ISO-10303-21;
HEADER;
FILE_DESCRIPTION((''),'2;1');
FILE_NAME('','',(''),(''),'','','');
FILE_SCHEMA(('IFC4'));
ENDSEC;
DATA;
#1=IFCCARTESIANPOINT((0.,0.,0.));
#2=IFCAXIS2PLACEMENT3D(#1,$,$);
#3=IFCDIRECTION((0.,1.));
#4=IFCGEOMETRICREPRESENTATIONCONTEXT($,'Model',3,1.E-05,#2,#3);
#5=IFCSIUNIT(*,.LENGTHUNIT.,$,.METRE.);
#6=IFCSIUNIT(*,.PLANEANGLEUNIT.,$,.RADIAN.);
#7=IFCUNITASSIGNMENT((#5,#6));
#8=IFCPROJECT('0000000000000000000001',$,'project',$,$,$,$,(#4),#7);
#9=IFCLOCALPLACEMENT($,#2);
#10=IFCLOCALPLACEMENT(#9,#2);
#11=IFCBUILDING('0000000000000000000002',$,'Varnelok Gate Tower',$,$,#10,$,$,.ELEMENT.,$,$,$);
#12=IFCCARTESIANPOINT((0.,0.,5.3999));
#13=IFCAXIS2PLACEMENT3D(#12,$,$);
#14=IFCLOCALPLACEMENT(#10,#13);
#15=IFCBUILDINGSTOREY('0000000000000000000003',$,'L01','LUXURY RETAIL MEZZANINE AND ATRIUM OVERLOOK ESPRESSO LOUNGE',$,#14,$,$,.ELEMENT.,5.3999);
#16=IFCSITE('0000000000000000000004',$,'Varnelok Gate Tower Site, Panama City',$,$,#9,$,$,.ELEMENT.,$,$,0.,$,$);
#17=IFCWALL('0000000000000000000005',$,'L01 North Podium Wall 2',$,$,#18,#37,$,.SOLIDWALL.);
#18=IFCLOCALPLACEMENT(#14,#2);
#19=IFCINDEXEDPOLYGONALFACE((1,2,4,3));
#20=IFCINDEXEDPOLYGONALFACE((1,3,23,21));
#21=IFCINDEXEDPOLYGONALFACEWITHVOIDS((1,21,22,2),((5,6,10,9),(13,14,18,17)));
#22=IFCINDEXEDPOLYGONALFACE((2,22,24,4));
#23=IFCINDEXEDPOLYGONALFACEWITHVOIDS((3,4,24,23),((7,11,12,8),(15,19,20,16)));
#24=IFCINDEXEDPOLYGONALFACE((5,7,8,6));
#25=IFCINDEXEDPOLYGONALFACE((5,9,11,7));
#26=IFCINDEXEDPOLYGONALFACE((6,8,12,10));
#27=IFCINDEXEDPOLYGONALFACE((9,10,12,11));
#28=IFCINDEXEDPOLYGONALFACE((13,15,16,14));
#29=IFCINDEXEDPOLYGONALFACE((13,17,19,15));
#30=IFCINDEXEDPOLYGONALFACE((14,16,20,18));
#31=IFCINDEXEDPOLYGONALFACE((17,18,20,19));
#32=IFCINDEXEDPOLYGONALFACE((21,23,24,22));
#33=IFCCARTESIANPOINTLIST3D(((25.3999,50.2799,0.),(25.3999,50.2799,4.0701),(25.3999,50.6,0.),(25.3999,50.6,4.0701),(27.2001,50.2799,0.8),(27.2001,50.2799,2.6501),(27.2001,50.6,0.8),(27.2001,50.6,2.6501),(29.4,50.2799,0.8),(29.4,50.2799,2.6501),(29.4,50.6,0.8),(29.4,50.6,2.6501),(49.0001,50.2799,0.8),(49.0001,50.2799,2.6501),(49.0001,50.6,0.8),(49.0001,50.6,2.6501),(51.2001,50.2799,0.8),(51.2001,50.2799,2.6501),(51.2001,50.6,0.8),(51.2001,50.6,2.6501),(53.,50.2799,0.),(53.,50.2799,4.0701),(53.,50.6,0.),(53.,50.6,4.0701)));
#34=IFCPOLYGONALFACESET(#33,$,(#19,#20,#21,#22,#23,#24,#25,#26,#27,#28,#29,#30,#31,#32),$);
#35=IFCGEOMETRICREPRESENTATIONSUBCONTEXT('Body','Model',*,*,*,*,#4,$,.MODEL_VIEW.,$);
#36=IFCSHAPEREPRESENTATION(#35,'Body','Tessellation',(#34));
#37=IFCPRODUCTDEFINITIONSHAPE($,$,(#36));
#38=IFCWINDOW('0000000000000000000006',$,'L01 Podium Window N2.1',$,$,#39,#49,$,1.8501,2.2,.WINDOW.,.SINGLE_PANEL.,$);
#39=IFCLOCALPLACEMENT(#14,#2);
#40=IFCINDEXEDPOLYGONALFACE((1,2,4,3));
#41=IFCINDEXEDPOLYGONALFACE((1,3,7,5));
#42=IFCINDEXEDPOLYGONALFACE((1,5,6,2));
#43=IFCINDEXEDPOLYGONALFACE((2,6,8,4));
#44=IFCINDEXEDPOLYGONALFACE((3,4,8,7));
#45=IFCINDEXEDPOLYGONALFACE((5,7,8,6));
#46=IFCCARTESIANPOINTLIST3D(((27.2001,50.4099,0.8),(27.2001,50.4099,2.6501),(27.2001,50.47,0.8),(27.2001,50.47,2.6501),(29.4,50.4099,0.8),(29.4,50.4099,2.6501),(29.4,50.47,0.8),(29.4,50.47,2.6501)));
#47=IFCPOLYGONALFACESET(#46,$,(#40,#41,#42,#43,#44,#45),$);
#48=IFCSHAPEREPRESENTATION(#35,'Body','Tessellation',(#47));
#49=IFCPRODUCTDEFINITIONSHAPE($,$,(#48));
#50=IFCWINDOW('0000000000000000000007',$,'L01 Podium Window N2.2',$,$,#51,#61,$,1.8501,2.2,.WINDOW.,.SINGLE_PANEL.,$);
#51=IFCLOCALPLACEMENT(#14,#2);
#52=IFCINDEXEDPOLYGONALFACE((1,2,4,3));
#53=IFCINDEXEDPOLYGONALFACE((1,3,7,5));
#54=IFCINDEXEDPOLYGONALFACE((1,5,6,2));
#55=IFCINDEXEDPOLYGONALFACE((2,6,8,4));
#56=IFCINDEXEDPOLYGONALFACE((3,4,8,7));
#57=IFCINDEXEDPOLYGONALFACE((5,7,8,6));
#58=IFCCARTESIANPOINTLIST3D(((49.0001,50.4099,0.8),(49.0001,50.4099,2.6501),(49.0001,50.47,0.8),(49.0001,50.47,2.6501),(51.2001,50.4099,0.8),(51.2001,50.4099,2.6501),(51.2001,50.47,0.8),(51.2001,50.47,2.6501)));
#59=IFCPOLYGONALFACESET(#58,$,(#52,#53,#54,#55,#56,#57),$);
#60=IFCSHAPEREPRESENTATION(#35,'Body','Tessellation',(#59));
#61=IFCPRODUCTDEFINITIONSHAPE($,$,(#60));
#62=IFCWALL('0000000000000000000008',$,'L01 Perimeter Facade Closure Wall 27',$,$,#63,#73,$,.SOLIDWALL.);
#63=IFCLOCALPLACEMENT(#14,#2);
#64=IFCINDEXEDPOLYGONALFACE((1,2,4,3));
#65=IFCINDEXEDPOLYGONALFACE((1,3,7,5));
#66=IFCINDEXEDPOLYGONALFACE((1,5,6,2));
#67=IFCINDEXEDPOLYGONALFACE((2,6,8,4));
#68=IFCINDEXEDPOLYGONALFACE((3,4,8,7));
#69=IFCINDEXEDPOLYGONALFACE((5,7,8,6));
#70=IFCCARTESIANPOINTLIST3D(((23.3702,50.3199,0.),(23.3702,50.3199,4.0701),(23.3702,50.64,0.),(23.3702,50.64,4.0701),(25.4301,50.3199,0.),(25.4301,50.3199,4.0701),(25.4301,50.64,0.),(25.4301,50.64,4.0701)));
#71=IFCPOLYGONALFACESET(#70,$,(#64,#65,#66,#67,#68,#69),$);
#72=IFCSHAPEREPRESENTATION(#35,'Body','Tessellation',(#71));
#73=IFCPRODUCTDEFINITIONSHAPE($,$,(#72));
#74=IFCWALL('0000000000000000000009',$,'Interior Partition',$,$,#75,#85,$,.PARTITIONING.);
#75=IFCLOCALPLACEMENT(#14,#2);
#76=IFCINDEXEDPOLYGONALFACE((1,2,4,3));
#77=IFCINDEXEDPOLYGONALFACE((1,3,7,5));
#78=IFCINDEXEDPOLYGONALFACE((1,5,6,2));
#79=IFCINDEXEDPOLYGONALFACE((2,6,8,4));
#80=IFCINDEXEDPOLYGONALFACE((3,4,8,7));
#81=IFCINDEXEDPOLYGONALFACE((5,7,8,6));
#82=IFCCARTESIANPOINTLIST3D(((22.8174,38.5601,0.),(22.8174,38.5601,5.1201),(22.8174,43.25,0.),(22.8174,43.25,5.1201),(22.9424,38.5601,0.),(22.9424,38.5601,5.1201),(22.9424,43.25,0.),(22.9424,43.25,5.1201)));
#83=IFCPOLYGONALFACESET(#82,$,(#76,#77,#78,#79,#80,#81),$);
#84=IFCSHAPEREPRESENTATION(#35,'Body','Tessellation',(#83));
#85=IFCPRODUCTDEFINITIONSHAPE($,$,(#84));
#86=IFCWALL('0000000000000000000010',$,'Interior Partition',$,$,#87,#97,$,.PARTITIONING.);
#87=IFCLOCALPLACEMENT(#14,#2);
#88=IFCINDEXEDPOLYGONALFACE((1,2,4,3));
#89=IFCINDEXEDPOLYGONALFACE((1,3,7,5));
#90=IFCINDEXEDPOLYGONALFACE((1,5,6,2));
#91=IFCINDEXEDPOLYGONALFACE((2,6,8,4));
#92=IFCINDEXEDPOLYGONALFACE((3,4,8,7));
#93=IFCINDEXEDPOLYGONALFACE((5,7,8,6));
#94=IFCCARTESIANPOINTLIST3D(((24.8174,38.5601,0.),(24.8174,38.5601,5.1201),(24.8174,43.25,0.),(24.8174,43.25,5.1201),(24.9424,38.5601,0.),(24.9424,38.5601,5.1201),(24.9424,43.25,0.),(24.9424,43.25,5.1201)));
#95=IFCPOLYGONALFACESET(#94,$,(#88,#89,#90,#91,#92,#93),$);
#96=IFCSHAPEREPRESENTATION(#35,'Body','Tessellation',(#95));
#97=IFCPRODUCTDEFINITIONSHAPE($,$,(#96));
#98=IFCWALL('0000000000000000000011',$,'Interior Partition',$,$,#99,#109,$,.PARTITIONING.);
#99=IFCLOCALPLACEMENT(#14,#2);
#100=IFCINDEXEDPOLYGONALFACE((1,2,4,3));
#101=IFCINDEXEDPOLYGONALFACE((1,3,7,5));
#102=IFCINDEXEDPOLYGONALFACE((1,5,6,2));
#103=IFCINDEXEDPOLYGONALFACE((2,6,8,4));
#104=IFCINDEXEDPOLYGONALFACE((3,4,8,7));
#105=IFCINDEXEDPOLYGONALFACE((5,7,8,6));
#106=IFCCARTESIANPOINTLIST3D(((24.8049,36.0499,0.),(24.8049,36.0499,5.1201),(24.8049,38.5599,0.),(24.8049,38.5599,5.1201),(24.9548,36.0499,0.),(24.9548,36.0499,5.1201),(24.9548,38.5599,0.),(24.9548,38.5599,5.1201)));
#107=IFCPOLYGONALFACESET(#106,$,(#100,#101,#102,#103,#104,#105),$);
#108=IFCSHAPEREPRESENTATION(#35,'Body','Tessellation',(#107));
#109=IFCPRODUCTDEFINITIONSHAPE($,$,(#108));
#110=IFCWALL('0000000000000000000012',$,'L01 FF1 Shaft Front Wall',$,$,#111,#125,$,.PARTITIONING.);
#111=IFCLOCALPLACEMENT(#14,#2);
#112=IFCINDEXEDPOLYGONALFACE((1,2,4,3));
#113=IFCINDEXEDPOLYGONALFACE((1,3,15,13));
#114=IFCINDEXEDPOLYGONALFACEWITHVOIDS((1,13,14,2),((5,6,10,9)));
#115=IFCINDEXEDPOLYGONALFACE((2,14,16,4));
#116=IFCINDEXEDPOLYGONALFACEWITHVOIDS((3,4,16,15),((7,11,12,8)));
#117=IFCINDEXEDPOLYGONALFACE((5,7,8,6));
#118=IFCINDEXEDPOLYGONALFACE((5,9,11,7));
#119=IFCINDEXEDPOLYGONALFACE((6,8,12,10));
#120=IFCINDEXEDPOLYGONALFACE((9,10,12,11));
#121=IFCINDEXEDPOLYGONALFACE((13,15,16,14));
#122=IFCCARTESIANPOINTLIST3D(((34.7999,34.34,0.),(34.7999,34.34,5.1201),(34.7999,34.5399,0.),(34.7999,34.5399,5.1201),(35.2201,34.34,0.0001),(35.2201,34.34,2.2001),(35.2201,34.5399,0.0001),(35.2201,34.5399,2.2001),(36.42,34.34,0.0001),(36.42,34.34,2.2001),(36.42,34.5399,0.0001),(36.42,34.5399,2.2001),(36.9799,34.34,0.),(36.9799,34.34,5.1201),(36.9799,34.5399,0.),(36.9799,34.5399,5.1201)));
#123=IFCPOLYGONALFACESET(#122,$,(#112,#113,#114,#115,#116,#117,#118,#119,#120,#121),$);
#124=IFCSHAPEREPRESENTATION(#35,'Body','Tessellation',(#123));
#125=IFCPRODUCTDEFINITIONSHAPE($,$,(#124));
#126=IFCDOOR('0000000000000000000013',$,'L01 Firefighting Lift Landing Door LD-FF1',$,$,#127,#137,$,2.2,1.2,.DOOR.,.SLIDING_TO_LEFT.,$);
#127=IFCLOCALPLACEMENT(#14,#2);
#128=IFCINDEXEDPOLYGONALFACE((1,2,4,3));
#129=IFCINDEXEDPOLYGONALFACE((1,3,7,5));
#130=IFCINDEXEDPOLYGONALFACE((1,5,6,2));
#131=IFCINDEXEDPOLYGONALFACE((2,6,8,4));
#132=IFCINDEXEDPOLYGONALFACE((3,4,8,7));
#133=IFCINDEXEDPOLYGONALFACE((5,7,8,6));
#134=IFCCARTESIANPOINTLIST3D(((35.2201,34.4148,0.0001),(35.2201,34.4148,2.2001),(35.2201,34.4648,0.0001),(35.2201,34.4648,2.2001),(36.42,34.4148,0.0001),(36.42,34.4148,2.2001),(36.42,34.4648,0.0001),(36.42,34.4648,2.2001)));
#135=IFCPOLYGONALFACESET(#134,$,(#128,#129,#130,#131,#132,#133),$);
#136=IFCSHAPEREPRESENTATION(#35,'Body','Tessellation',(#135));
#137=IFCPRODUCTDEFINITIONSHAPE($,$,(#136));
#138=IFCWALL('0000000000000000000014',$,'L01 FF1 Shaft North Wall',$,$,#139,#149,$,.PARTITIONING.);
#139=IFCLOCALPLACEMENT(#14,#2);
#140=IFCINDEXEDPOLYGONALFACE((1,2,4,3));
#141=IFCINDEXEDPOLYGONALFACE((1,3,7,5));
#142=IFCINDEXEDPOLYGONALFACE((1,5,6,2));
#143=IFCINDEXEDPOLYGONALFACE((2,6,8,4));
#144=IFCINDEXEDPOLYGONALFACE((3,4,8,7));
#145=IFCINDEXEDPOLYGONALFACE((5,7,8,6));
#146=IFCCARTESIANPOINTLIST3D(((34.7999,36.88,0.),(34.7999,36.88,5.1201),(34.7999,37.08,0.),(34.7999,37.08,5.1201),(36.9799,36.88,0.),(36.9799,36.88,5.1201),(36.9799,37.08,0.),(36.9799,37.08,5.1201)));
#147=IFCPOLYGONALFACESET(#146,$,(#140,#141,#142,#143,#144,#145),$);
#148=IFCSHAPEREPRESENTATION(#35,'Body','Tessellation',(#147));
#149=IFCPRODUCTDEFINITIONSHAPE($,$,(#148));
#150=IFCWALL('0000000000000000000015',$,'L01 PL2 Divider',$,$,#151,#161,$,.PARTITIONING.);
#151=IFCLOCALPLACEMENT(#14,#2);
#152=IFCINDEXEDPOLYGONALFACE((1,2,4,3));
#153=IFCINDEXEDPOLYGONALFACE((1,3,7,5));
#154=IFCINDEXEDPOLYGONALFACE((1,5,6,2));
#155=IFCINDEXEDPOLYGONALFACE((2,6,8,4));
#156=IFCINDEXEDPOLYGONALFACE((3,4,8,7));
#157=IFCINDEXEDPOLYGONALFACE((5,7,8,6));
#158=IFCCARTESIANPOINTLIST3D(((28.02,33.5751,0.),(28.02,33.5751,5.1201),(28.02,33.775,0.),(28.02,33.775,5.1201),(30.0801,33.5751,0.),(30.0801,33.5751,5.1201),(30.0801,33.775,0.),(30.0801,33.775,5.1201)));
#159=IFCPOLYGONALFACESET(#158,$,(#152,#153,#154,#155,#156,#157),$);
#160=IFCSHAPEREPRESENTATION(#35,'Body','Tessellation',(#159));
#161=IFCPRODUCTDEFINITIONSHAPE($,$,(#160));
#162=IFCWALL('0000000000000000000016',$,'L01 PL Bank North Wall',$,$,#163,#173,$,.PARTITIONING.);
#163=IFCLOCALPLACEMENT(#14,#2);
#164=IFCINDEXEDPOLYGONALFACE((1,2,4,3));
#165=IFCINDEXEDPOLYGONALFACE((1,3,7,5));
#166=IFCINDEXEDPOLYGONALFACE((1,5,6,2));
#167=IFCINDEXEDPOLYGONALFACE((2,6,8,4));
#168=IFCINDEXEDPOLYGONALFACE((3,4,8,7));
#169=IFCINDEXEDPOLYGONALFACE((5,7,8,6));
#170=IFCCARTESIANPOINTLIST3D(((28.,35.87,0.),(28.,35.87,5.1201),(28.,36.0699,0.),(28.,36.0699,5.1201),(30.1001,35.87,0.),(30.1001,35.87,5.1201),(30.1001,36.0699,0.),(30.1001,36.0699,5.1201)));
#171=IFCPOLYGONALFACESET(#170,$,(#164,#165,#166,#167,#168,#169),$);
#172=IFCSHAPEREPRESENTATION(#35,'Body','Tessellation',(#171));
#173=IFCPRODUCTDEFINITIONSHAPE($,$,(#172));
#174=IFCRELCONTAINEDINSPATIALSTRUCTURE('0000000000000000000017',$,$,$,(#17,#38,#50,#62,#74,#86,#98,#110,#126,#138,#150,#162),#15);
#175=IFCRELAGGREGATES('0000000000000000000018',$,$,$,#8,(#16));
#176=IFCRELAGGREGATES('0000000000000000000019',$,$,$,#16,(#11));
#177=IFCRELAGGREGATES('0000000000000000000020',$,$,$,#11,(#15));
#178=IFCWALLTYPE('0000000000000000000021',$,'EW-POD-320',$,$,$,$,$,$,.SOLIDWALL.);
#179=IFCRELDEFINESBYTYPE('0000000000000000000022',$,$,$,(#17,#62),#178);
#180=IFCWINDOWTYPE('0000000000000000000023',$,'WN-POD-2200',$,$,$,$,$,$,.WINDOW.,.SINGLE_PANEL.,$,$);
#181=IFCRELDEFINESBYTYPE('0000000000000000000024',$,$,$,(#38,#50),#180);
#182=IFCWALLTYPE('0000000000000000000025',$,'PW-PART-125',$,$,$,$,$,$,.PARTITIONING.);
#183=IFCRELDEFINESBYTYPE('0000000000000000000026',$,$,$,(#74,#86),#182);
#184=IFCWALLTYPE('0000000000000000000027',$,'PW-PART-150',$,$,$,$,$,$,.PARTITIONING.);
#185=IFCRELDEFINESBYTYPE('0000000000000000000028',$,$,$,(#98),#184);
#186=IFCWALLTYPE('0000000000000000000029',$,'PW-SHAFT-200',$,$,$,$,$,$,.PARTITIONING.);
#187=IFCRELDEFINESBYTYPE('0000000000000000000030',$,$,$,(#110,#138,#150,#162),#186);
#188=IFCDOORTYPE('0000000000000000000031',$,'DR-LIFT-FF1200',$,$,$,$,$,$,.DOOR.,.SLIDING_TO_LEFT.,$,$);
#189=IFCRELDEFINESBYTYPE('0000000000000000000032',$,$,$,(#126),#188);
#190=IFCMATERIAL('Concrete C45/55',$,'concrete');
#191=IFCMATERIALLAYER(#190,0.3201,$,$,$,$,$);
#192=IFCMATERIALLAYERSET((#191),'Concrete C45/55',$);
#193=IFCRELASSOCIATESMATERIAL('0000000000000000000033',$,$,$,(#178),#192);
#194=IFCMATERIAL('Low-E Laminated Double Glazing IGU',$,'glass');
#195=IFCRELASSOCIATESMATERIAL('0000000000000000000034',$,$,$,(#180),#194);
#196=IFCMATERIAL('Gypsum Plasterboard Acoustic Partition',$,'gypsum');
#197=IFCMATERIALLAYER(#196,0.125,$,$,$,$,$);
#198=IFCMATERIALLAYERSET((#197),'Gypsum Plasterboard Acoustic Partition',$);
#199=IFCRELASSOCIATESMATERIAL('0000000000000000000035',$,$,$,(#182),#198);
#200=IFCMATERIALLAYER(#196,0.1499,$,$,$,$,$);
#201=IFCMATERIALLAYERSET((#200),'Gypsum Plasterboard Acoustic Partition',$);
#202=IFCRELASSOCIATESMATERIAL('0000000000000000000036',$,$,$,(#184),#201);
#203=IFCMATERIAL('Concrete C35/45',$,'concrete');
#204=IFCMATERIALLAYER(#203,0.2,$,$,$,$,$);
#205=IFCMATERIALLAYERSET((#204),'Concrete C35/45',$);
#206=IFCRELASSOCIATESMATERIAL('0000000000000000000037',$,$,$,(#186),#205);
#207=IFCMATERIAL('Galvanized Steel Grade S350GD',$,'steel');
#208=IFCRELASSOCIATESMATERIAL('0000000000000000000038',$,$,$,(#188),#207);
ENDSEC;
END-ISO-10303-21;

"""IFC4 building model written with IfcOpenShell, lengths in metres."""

from ifc_helpers import new_model, si_unit, direction, frame, frame_2d, origin, place, context, subcontext, project, spatial, rectangle, extrude, material, layer, layer_set, type_object, element, fill, save


model = new_model("IFC4")

# Units and contexts
model_context = context("Model", 3, precision=1e-05, world=origin(), true_north=direction((0.0, 1.0)))
body_context = subcontext(model_context, "Body", "Model", "MODEL_VIEW")
ifc_project = project(units=[si_unit("LENGTHUNIT", "METRE"), si_unit("PLANEANGLEUNIT", "RADIAN")], contexts=[model_context])

# Site, building, storey
site_placement = place(None, origin())
site = spatial("IfcSite", under=ifc_project, at=site_placement, Name="Varnelok Gate Tower Site, Panama City", CompositionType="ELEMENT", RefElevation=0.0)
building_placement = place(site_placement, origin())
building = spatial("IfcBuilding", under=site, at=building_placement, Name="Varnelok Gate Tower", CompositionType="ELEMENT")
storey_placement = place(building_placement, frame((0.0, 0.0, 5.3999)))
storey = spatial("IfcBuildingStorey", under=building, at=storey_placement, Name="L01", Description="LUXURY RETAIL MEZZANINE AND ATRIUM OVERLOOK ESPRESSO LOUNGE", CompositionType="ELEMENT", Elevation=5.3999)

# Wall, openings, windows
ifc_material_1 = material(Name="Concrete C45/55", Category="concrete")
ifc_layer_1 = layer(ifc_material_1, 0.3201)
ifc_layer_set_1 = layer_set([ifc_layer_1], Name="Concrete C45/55")
wall_type_1 = type_object("IfcWallType", Name="EW-POD-320", PredefinedType="SOLIDWALL", material=ifc_layer_set_1)
wall_1_placement = place(storey_placement, frame((25.3999, 50.4399, 0.0), z_axis=(0.0, 0.0, 1.0), x_axis=(1.0, 0.0, 0.0)))
wall_1 = element("IfcWall", 1, at=wall_1_placement, inside=storey, type_object=wall_type_1, Name="L01 North Podium Wall 2", PredefinedType="SOLIDWALL", context=body_context, shape_type="SweptSolid", body=[
    extrude(rectangle(XDim=27.6001, YDim=0.3201, at=frame_2d((13.8, 0.0))), origin(), (0.0, 0.0, 1.0), 4.0701),
])
opening_1_placement = place(wall_1_placement, frame((1.8, 0.0, 0.8)))
opening_1 = element("IfcOpeningElement", 2, at=opening_1_placement, cuts=wall_1, PredefinedType="OPENING", context=body_context, shape_type="SweptSolid", body=[
    extrude(rectangle(XDim=2.2, YDim=1.8501, at=frame_2d((1.1001, 0.925))), frame((0.0, 0.1699, 0.0), z_axis=(0.0, -1.0, 0.0), x_axis=(1.0, 0.0, 0.0)), (0.0, 0.0, 1.0), 0.3401),
])
opening_2_placement = place(wall_1_placement, frame((23.6001, 0.0, 0.8)))
opening_2 = element("IfcOpeningElement", 3, at=opening_2_placement, cuts=wall_1, PredefinedType="OPENING", context=body_context, shape_type="SweptSolid", body=[
    extrude(rectangle(XDim=2.2, YDim=1.8501, at=frame_2d((1.1001, 0.925))), frame((0.0, 0.1699, 0.0), z_axis=(0.0, -1.0, 0.0), x_axis=(1.0, 0.0, 0.0)), (0.0, 0.0, 1.0), 0.3401),
])
ifc_material_2 = material(Name="Low-E Laminated Double Glazing IGU", Category="glass")
window_type = type_object("IfcWindowType", Name="WN-POD-2200", PartitioningType="SINGLE_PANEL", PredefinedType="WINDOW", material=ifc_material_2)
window_1_placement = place(opening_1_placement, origin())
window_1 = element("IfcWindow", 4, at=window_1_placement, inside=storey, type_object=window_type, Name="L01 Podium Window N2.1", OverallHeight=1.8501, OverallWidth=2.2, PartitioningType="SINGLE_PANEL", PredefinedType="WINDOW", context=body_context, shape_type="SweptSolid", body=[
    extrude(rectangle(XDim=2.2, YDim=1.8501, at=frame_2d((1.1001, 0.925))), frame((0.0, 0.03, 0.0), z_axis=(0.0, -1.0, 0.0), x_axis=(1.0, 0.0, 0.0)), (0.0, 0.0, 1.0), 0.0601),
])
fill(opening_1, window_1)
window_2_placement = place(opening_2_placement, origin())
window_2 = element("IfcWindow", 5, at=window_2_placement, inside=storey, type_object=window_type, Name="L01 Podium Window N2.2", OverallHeight=1.8501, OverallWidth=2.2, PartitioningType="SINGLE_PANEL", PredefinedType="WINDOW", context=body_context, shape_type="SweptSolid", body=[
    extrude(rectangle(XDim=2.2, YDim=1.8501, at=frame_2d((1.1001, 0.925))), frame((0.0, 0.03, 0.0), z_axis=(0.0, -1.0, 0.0), x_axis=(1.0, 0.0, 0.0)), (0.0, 0.0, 1.0), 0.0601),
])
fill(opening_2, window_2)

# Walls
wall_2_placement = place(storey_placement, frame((25.4299, 50.48, 0.0), z_axis=(0.0, 0.0, 1.0), x_axis=(-1.0, 0.0, 0.0)))
element("IfcWall", 6, at=wall_2_placement, inside=storey, type_object=wall_type_1, Name="L01 Perimeter Facade Closure Wall 27", PredefinedType="SOLIDWALL", context=body_context, shape_type="SweptSolid", body=[
    extrude(rectangle(XDim=2.0598, YDim=0.3201, at=frame_2d((1.0298, 0.0))), origin(), (0.0, 0.0, 1.0), 4.0701),
])
ifc_material_3 = material(Name="Gypsum Plasterboard Acoustic Partition", Category="gypsum")
ifc_layer_2 = layer(ifc_material_3, 0.125)
ifc_layer_set_2 = layer_set([ifc_layer_2], Name="Gypsum Plasterboard Acoustic Partition")
wall_type_2 = type_object("IfcWallType", Name="PW-PART-125", PredefinedType="PARTITIONING", material=ifc_layer_set_2)
for number, where, z_axis, x_axis, name in (
    (7, (22.8799, 38.5601, 0.0), (0.0, 0.0, 1.0), (0.0, 1.0, 0.0), "Interior Partition"),
    (8, (24.8799, 38.5601, 0.0), (0.0, 0.0, 1.0), (0.0, 1.0, 0.0), "Interior Partition"),
):
    element("IfcWall", number, at=place(storey_placement, frame(where, z_axis=z_axis, x_axis=x_axis)), inside=storey, type_object=wall_type_2, Name=name, PredefinedType="PARTITIONING", context=body_context, shape_type="SweptSolid", body=[
        extrude(rectangle(XDim=4.6899, YDim=0.125, at=frame_2d((2.345, 0.0))), origin(), (0.0, 0.0, 1.0), 5.1201),
    ])
ifc_layer_3 = layer(ifc_material_3, 0.1499)
ifc_layer_set_3 = layer_set([ifc_layer_3], Name="Gypsum Plasterboard Acoustic Partition")
wall_type_3 = type_object("IfcWallType", Name="PW-PART-150", PredefinedType="PARTITIONING", material=ifc_layer_set_3)
wall_3_placement = place(storey_placement, frame((24.8799, 36.05, 0.0), z_axis=(0.0, 0.0, 1.0), x_axis=(0.0, 1.0, 0.0)))
element("IfcWall", 9, at=wall_3_placement, inside=storey, type_object=wall_type_3, Name="Interior Partition", PredefinedType="PARTITIONING", context=body_context, shape_type="SweptSolid", body=[
    extrude(rectangle(XDim=2.51, YDim=0.1499, at=frame_2d((1.2549, 0.0))), origin(), (0.0, 0.0, 1.0), 5.1201),
])

# Wall, opening, door
ifc_material_4 = material(Name="Concrete C35/45", Category="concrete")
ifc_layer_4 = layer(ifc_material_4, 0.2)
ifc_layer_set_4 = layer_set([ifc_layer_4], Name="Concrete C35/45")
wall_type_4 = type_object("IfcWallType", Name="PW-SHAFT-200", PredefinedType="PARTITIONING", material=ifc_layer_set_4)
wall_4_placement = place(storey_placement, frame((34.8, 34.4399, 0.0), z_axis=(0.0, 0.0, 1.0), x_axis=(1.0, 0.0, 0.0)))
wall_4 = element("IfcWall", 10, at=wall_4_placement, inside=storey, type_object=wall_type_4, Name="L01 FF1 Shaft Front Wall", PredefinedType="PARTITIONING", context=body_context, shape_type="SweptSolid", body=[
    extrude(rectangle(XDim=2.1799, YDim=0.2, at=frame_2d((1.0898, 0.0))), origin(), (0.0, 0.0, 1.0), 5.1201),
])
opening_3_placement = place(wall_4_placement, frame((0.4199, 0.0, 0.0)))
opening_3 = element("IfcOpeningElement", 11, at=opening_3_placement, cuts=wall_4, PredefinedType="OPENING", context=body_context, shape_type="SweptSolid", body=[
    extrude(rectangle(XDim=1.2, YDim=2.2, at=frame_2d((0.6001, 1.1001))), frame((0.0, 0.1099, 0.0), z_axis=(0.0, -1.0, 0.0), x_axis=(1.0, 0.0, 0.0)), (0.0, 0.0, 1.0), 0.22),
])
ifc_material_5 = material(Name="Galvanized Steel Grade S350GD", Category="steel")
door_type = type_object("IfcDoorType", Name="DR-LIFT-FF1200", OperationType="SLIDING_TO_LEFT", PredefinedType="DOOR", material=ifc_material_5)
door_placement = place(opening_3_placement, origin())
door = element("IfcDoor", 12, at=door_placement, inside=storey, type_object=door_type, Name="L01 Firefighting Lift Landing Door LD-FF1", OperationType="SLIDING_TO_LEFT", OverallHeight=2.2, OverallWidth=1.2, PredefinedType="DOOR", context=body_context, shape_type="SweptSolid", body=[
    extrude(rectangle(XDim=1.2, YDim=2.2, at=frame_2d((0.6001, 1.1001))), frame((0.0, 0.0249, 0.0), z_axis=(0.0, -1.0, 0.0), x_axis=(1.0, 0.0, 0.0)), (0.0, 0.0, 1.0), 0.05),
])
fill(opening_3, door)

# Walls
wall_5_placement = place(storey_placement, frame((34.8, 36.98, 0.0), z_axis=(0.0, 0.0, 1.0), x_axis=(1.0, 0.0, 0.0)))
element("IfcWall", 13, at=wall_5_placement, inside=storey, type_object=wall_type_4, Name="L01 FF1 Shaft North Wall", PredefinedType="PARTITIONING", context=body_context, shape_type="SweptSolid", body=[
    extrude(rectangle(XDim=2.1799, YDim=0.2, at=frame_2d((1.0898, 0.0))), origin(), (0.0, 0.0, 1.0), 5.1201),
])
wall_6_placement = place(storey_placement, frame((28.02, 33.675, 0.0), z_axis=(0.0, 0.0, 1.0), x_axis=(1.0, 0.0, 0.0)))
element("IfcWall", 14, at=wall_6_placement, inside=storey, type_object=wall_type_4, Name="L01 PL2 Divider", PredefinedType="PARTITIONING", context=body_context, shape_type="SweptSolid", body=[
    extrude(rectangle(XDim=2.0601, YDim=0.2, at=frame_2d((1.03, 0.0))), origin(), (0.0, 0.0, 1.0), 5.1201),
])
wall_7_placement = place(storey_placement, frame((28.0, 35.97, 0.0), z_axis=(0.0, 0.0, 1.0), x_axis=(1.0, 0.0, 0.0)))
element("IfcWall", 15, at=wall_7_placement, inside=storey, type_object=wall_type_4, Name="L01 PL Bank North Wall", PredefinedType="PARTITIONING", context=body_context, shape_type="SweptSolid", body=[
    extrude(rectangle(XDim=2.1001, YDim=0.2, at=frame_2d((1.05, 0.0))), origin(), (0.0, 0.0, 1.0), 5.1201),
])

save(model, "model.ifc")
